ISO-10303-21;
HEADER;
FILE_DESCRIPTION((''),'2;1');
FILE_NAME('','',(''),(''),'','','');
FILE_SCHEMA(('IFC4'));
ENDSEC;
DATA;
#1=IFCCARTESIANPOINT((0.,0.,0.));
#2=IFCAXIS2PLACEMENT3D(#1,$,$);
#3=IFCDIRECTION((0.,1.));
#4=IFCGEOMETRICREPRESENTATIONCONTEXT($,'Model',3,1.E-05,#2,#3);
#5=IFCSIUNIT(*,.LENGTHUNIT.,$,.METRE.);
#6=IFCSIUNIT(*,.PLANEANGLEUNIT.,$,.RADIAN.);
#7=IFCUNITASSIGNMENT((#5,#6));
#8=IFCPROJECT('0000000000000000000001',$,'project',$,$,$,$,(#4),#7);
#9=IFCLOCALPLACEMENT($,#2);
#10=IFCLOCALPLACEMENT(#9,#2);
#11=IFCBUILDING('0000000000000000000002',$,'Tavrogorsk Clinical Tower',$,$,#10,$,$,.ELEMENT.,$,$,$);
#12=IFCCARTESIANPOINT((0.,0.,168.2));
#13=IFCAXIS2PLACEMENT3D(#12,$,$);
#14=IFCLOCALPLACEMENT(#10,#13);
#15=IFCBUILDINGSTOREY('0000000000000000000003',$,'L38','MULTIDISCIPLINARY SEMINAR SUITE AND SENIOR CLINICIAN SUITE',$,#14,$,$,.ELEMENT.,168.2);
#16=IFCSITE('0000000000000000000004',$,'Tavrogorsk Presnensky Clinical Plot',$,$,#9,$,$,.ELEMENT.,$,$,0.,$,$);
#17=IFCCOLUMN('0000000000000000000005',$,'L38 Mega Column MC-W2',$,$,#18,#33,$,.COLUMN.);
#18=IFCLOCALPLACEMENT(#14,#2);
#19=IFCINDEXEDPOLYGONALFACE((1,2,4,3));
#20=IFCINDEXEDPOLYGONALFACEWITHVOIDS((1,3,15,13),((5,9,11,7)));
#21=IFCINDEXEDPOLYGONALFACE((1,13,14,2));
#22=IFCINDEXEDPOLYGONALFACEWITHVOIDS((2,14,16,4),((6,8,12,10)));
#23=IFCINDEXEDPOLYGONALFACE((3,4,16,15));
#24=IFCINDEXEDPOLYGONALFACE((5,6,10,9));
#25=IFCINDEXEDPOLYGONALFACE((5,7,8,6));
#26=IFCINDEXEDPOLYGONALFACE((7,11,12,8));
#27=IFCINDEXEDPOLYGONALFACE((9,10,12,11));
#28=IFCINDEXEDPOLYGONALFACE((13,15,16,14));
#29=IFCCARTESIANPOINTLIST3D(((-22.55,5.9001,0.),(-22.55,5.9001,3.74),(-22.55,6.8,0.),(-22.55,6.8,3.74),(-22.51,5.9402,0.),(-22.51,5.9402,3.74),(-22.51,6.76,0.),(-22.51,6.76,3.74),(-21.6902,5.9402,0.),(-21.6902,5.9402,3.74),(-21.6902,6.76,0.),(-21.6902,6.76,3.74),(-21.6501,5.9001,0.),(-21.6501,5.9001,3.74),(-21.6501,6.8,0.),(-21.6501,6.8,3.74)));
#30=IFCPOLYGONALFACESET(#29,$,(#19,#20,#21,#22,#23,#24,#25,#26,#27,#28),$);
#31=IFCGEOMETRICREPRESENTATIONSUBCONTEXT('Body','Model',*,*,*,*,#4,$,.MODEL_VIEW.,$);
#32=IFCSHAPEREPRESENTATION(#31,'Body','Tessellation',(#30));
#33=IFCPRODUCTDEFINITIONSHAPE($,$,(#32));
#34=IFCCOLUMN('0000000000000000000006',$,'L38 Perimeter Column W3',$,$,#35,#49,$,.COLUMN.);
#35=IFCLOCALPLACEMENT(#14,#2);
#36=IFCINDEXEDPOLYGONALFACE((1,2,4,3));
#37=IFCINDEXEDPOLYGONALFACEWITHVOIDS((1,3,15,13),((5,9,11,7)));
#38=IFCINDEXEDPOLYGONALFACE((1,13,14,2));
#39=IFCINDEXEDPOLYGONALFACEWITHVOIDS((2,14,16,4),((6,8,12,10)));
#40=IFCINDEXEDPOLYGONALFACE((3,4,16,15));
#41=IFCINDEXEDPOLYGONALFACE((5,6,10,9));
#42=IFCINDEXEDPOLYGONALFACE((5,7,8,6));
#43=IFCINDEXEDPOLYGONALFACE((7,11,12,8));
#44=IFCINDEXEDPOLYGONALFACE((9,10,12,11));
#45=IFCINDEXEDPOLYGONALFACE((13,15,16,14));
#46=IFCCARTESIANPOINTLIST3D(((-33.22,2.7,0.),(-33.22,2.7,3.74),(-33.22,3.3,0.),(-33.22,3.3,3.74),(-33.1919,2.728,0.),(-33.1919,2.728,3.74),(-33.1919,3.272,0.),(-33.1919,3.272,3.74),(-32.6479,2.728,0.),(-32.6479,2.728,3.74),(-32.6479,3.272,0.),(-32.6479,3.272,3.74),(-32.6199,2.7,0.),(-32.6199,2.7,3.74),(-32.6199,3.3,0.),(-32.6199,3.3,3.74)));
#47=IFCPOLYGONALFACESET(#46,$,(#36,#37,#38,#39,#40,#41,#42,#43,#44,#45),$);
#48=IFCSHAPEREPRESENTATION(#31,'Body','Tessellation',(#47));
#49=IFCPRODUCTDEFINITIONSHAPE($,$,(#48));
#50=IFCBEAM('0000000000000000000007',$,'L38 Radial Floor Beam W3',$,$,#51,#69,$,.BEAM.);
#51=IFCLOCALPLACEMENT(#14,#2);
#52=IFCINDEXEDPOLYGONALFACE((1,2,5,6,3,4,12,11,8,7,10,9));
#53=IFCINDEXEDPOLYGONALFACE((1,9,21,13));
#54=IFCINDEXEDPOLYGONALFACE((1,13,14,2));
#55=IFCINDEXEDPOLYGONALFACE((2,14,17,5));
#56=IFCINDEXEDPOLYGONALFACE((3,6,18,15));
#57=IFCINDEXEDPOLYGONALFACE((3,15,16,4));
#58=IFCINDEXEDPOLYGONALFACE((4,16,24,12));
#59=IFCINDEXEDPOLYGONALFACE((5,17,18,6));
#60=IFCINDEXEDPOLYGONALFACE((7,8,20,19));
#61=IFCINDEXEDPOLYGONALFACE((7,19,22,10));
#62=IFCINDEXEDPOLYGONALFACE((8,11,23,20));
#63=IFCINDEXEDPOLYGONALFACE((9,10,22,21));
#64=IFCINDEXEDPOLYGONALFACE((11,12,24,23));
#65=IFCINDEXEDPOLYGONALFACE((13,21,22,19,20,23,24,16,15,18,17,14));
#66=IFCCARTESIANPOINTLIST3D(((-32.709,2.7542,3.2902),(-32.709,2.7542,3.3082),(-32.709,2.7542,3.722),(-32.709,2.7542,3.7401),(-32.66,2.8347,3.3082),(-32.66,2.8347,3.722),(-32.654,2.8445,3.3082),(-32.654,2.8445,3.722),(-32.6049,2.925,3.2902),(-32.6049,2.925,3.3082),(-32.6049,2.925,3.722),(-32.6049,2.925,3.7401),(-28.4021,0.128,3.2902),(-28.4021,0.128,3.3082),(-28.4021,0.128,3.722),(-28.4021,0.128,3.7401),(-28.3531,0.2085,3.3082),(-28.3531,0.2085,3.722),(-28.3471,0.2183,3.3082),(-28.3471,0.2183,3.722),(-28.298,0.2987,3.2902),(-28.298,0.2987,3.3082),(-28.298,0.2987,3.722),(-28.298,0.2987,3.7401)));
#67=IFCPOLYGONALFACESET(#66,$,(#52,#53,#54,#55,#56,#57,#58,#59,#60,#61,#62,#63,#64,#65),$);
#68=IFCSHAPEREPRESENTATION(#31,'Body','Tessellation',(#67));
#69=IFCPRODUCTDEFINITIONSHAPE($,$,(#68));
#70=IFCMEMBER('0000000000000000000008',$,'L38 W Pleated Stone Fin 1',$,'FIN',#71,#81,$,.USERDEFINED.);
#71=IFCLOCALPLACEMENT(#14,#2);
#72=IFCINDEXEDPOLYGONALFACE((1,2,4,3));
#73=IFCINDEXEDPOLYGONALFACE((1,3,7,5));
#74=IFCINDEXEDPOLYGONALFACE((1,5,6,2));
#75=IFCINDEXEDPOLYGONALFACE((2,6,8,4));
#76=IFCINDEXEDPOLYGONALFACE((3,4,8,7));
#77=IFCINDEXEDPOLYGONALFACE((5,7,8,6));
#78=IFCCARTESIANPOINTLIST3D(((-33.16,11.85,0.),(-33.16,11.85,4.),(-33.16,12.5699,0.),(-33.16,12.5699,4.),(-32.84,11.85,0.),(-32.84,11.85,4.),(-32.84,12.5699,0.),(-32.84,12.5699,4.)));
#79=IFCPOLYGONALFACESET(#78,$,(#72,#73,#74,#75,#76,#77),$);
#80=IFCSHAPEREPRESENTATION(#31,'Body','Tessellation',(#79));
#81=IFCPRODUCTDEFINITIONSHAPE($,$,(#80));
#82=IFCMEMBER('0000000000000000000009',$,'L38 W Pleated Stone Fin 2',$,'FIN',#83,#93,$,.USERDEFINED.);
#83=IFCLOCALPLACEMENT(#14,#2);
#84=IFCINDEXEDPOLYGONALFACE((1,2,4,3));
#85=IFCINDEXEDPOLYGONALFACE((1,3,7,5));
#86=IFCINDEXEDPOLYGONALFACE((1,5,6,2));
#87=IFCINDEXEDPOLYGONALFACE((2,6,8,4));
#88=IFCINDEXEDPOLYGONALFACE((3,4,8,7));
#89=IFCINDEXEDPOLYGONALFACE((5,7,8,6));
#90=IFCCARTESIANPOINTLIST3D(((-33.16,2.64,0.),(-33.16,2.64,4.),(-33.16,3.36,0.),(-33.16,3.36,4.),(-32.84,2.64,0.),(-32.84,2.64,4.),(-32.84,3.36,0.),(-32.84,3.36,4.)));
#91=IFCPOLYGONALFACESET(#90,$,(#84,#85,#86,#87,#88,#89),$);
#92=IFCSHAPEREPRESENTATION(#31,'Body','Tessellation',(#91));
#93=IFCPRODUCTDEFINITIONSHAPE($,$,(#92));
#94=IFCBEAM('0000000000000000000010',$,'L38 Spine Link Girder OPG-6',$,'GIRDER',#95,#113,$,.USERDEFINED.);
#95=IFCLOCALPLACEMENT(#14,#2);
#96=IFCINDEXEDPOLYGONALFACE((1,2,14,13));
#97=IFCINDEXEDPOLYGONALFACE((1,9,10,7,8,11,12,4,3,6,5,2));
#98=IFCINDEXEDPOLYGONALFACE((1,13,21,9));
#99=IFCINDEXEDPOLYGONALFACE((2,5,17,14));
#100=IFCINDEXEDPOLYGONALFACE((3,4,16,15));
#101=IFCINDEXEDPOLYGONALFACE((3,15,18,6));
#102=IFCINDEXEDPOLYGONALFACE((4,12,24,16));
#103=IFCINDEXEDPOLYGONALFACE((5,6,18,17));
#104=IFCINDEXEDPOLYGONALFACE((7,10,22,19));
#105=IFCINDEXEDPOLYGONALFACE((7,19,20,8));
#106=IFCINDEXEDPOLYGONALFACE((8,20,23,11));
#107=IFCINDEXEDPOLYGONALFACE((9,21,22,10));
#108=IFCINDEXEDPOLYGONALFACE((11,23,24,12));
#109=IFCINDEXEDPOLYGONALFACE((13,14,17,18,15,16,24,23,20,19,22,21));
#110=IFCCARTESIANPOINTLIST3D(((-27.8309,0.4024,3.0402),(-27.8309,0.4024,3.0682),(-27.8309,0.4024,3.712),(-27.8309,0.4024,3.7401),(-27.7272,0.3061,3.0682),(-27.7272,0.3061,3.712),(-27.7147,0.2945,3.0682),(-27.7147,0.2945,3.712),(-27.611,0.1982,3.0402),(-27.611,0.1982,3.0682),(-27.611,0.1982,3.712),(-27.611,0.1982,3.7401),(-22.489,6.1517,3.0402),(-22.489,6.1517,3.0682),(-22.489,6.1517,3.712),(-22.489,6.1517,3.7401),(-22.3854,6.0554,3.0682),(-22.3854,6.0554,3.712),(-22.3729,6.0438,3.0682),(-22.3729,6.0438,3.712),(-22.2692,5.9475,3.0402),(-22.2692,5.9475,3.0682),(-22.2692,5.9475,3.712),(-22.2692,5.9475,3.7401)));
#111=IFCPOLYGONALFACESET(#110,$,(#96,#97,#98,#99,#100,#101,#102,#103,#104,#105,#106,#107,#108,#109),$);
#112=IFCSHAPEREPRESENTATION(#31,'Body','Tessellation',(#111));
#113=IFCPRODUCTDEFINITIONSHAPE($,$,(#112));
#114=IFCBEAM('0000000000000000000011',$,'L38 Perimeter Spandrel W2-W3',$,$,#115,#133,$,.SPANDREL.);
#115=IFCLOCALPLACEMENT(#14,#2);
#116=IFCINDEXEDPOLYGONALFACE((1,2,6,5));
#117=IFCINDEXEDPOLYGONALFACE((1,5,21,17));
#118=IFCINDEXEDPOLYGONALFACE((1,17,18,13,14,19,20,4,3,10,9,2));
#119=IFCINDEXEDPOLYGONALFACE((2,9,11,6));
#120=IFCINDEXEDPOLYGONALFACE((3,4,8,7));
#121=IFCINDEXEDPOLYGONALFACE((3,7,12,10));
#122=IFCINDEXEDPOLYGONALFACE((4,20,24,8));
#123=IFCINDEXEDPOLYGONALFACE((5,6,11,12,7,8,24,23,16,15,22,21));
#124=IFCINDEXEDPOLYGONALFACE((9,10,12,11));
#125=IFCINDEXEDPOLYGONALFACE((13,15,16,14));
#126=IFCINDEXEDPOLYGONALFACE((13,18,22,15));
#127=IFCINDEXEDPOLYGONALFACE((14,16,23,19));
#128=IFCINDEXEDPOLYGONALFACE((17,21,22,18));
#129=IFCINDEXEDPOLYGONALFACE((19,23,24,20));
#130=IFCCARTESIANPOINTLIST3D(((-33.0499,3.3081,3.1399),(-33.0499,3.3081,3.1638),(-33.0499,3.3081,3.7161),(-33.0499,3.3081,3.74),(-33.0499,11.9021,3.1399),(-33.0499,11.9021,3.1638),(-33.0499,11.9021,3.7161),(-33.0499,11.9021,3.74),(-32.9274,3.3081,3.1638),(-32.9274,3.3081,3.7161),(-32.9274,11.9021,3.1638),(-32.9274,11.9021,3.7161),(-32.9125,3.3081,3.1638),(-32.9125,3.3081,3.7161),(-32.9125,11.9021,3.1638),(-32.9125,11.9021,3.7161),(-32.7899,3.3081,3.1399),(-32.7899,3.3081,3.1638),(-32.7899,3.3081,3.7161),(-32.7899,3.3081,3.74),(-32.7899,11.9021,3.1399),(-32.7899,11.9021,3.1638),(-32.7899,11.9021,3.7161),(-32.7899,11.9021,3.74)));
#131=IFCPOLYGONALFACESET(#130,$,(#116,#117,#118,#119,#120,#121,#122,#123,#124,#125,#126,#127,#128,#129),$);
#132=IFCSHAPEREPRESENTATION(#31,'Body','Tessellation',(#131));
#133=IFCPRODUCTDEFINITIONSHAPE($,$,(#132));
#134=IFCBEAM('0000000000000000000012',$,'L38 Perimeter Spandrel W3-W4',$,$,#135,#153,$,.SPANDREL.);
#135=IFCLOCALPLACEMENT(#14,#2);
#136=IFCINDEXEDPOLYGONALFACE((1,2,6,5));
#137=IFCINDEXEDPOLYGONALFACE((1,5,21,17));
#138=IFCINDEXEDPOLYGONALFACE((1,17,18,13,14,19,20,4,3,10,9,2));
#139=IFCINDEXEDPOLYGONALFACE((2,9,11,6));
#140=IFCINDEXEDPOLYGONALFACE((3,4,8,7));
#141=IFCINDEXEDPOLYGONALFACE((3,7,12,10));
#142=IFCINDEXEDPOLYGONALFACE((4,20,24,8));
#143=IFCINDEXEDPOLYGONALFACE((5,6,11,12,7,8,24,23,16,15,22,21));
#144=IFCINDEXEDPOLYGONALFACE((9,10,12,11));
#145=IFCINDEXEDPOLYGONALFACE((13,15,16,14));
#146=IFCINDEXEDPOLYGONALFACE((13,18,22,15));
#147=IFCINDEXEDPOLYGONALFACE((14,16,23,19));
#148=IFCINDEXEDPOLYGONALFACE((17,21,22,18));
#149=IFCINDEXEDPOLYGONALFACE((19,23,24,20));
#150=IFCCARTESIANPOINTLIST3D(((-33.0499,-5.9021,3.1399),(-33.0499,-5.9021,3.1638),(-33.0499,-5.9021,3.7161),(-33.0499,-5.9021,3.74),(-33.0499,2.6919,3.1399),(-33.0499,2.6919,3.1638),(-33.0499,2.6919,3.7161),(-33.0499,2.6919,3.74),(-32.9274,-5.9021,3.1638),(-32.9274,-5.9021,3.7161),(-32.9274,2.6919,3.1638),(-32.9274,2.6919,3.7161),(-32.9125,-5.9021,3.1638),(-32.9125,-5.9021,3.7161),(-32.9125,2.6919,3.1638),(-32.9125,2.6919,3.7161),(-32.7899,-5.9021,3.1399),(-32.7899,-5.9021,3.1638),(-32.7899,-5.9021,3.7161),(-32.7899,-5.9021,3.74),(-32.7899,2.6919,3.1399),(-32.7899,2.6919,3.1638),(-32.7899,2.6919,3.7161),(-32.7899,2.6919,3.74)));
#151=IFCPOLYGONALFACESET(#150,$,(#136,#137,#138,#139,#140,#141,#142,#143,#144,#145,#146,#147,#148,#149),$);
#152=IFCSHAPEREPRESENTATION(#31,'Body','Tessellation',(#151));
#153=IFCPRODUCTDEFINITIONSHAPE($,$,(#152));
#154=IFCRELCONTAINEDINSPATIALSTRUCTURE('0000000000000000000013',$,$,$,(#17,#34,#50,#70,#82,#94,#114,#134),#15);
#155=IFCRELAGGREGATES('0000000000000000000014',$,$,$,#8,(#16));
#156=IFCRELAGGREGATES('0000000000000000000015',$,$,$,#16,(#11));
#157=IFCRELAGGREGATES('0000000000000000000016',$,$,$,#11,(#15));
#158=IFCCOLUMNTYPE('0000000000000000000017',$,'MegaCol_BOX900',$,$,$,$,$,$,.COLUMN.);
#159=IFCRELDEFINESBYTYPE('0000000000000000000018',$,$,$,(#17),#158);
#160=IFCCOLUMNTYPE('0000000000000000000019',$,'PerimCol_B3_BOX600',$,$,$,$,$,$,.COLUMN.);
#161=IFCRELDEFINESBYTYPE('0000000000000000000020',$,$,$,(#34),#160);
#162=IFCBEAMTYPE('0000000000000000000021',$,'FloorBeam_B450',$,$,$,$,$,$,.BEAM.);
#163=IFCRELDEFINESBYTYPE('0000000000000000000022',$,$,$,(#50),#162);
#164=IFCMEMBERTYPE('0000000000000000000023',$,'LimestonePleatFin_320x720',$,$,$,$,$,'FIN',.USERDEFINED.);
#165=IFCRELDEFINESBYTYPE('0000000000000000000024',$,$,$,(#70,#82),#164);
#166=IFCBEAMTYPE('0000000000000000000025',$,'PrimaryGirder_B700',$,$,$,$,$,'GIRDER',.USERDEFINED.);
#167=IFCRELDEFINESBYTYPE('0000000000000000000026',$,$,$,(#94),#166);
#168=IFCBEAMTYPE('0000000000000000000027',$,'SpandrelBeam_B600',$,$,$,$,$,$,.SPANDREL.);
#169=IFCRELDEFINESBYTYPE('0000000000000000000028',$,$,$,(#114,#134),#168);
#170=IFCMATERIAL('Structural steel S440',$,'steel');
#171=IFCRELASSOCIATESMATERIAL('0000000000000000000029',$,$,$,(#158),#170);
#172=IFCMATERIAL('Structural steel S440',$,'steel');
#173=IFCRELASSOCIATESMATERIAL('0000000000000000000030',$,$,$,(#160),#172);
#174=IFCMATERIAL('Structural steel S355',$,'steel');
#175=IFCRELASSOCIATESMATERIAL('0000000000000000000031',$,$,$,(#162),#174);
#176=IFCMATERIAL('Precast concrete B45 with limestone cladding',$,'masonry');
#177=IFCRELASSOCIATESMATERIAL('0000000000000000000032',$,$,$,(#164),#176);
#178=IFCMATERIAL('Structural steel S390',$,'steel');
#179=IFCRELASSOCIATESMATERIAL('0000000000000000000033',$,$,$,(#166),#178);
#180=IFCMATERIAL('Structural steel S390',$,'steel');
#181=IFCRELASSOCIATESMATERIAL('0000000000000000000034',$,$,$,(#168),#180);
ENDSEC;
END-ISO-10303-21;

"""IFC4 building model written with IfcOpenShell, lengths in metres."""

from ifc_helpers import new_model, si_unit, direction, frame, origin, origin_2d, place, context, subcontext, project, spatial, rectangle, hollow_rectangle, i_section, extrude, material, material_profile, profile_set, type_object, element, save


model = new_model("IFC4")

# Units and contexts
model_context = context("Model", 3, precision=1e-05, world=origin(), true_north=direction((0.0, 1.0)))
body_context = subcontext(model_context, "Body", "Model", "MODEL_VIEW")
ifc_project = project(units=[si_unit("LENGTHUNIT", "METRE"), si_unit("PLANEANGLEUNIT", "RADIAN")], contexts=[model_context])

# Site, building, storey
site_placement = place(None, origin())
site = spatial("IfcSite", under=ifc_project, at=site_placement, Name="Tavrogorsk Presnensky Clinical Plot", CompositionType="ELEMENT", RefElevation=0.0)
building_placement = place(site_placement, origin())
building = spatial("IfcBuilding", under=site, at=building_placement, Name="Tavrogorsk Clinical Tower", CompositionType="ELEMENT")
storey_placement = place(building_placement, frame((0.0, 0.0, 168.2)))
storey = spatial("IfcBuildingStorey", under=building, at=storey_placement, Name="L38", Description="MULTIDISCIPLINARY SEMINAR SUITE AND SENIOR CLINICIAN SUITE", CompositionType="ELEMENT", Elevation=168.2)

# Columns
ifc_material_1 = material(Name="Structural steel S440", Category="steel")
ifc_material_profile_1 = material_profile(ifc_material_1, hollow_rectangle(XDim=0.8999, YDim=0.8999, WallThickness=0.04, at=origin_2d()), Name="BOX-900x900x40")
ifc_profile_set_1 = profile_set([ifc_material_profile_1], Name="Structural steel S440")
column_type_1 = type_object("IfcColumnType", Name="MegaCol_BOX900", PredefinedType="COLUMN", material=ifc_profile_set_1)
column_1_placement = place(storey_placement, frame((-22.1001, 6.3501, 0.0), z_axis=(0.0, 0.0, 1.0), x_axis=(1.0, 0.0, 0.0)))
element("IfcColumn", 1, at=column_1_placement, inside=storey, type_object=column_type_1, Name="L38 Mega Column MC-W2", PredefinedType="COLUMN", context=body_context, shape_type="SweptSolid", body=[
    extrude(hollow_rectangle(XDim=0.8999, YDim=0.8999, WallThickness=0.04, at=origin_2d()), origin(), (0.0, 0.0, 1.0), 3.74),
])
ifc_material_2 = material(Name="Structural steel S440", Category="steel")
ifc_material_profile_2 = material_profile(ifc_material_2, hollow_rectangle(XDim=0.6001, YDim=0.6001, WallThickness=0.0281, at=origin_2d()), Name="BOX-600x600x28")
ifc_profile_set_2 = profile_set([ifc_material_profile_2], Name="Structural steel S440")
column_type_2 = type_object("IfcColumnType", Name="PerimCol_B3_BOX600", PredefinedType="COLUMN", material=ifc_profile_set_2)
column_2_placement = place(storey_placement, frame((-32.9199, 3.0, 0.0), z_axis=(0.0, 0.0, 1.0), x_axis=(1.0, 0.0, 0.0)))
element("IfcColumn", 2, at=column_2_placement, inside=storey, type_object=column_type_2, Name="L38 Perimeter Column W3", PredefinedType="COLUMN", context=body_context, shape_type="SweptSolid", body=[
    extrude(hollow_rectangle(XDim=0.6001, YDim=0.6001, WallThickness=0.0281, at=origin_2d()), origin(), (0.0, 0.0, 1.0), 3.74),
])

# Beam
ifc_material_3 = material(Name="Structural steel S355", Category="steel")
ifc_material_profile_3 = material_profile(ifc_material_3, i_section(OverallWidth=0.2, OverallDepth=0.45, WebThickness=0.0115, FlangeThickness=0.0181, at=origin_2d()), Name="B-450x200x11.5x18")
ifc_profile_set_3 = profile_set([ifc_material_profile_3], Name="Structural steel S355")
beam_type_1 = type_object("IfcBeamType", Name="FloorBeam_B450", PredefinedType="BEAM", material=ifc_profile_set_3)
beam_1_placement = place(storey_placement, frame((-28.3501, 0.2134, 3.5151), z_axis=(-0.85379, 0.520618, 0.0), x_axis=(-0.520618, -0.85379, 0.0)))
element("IfcBeam", 3, at=beam_1_placement, inside=storey, type_object=beam_type_1, Name="L38 Radial Floor Beam W3", PredefinedType="BEAM", context=body_context, shape_type="SweptSolid", body=[
    extrude(i_section(OverallWidth=0.2, OverallDepth=0.45, WebThickness=0.0115, FlangeThickness=0.0181, at=origin_2d()), origin(), (0.0, 0.0, 1.0), 5.0444),
])

# Members
ifc_material_4 = material(Name="Precast concrete B45 with limestone cladding", Category="masonry")
ifc_material_profile_4 = material_profile(ifc_material_4, rectangle(XDim=0.3201, YDim=0.72, at=origin_2d()), Name="LIMESTONE-FIN-320x720")
ifc_profile_set_4 = profile_set([ifc_material_profile_4], Name="Precast concrete B45 with limestone cladding")
member_type = type_object("IfcMemberType", Name="LimestonePleatFin_320x720", ElementType="FIN", PredefinedType="USERDEFINED", material=ifc_profile_set_4)
for number, where, z_axis, x_axis, name in (
    (4, (-33.0, 12.21, 0.0), (0.0, 0.0, 1.0), (1.0, 0.0, 0.0), "L38 W Pleated Stone Fin 1"),
    (5, (-33.0, 3.0, 0.0), (0.0, 0.0, 1.0), (1.0, 0.0, 0.0), "L38 W Pleated Stone Fin 2"),
):
    element("IfcMember", number, at=place(storey_placement, frame(where, z_axis=z_axis, x_axis=x_axis)), inside=storey, type_object=member_type, Name=name, ObjectType="FIN", PredefinedType="USERDEFINED", context=body_context, shape_type="SweptSolid", body=[
        extrude(rectangle(XDim=0.3201, YDim=0.72, at=origin_2d()), origin(), (0.0, 0.0, 1.0), 4.0),
    ])

# Beams
ifc_material_5 = material(Name="Structural steel S390", Category="steel")
ifc_material_profile_5 = material_profile(ifc_material_5, i_section(OverallWidth=0.3, OverallDepth=0.7, WebThickness=0.0171, FlangeThickness=0.0281, at=origin_2d()), Name="B-700x300x17x28")
ifc_profile_set_5 = profile_set([ifc_material_profile_5], Name="Structural steel S390")
beam_type_2 = type_object("IfcBeamType", Name="PrimaryGirder_B700", ElementType="GIRDER", PredefinedType="USERDEFINED", material=ifc_profile_set_5)
beam_2_placement = place(storey_placement, frame((-27.7209, 0.3003, 3.3901), z_axis=(0.680669, 0.732591, 0.0), x_axis=(-0.732591, 0.680669, 0.0)))
element("IfcBeam", 6, at=beam_2_placement, inside=storey, type_object=beam_type_2, Name="L38 Spine Link Girder OPG-6", ObjectType="GIRDER", PredefinedType="USERDEFINED", context=body_context, shape_type="SweptSolid", body=[
    extrude(i_section(OverallWidth=0.3, OverallDepth=0.7, WebThickness=0.0171, FlangeThickness=0.0281, at=origin_2d()), origin(), (0.0, 0.0, 1.0), 7.8479),
])
ifc_material_6 = material(Name="Structural steel S390", Category="steel")
ifc_material_profile_6 = material_profile(ifc_material_6, i_section(OverallWidth=0.26, OverallDepth=0.6001, WebThickness=0.0149, FlangeThickness=0.0239, at=origin_2d()), Name="B-600x260x15x24")
ifc_profile_set_6 = profile_set([ifc_material_profile_6], Name="Structural steel S390")
beam_type_3 = type_object("IfcBeamType", Name="SpandrelBeam_B600", PredefinedType="SPANDREL", material=ifc_profile_set_6)
for number, where, z_axis, x_axis, name in (
    (7, (-32.9199, 11.9021, 3.4399), (0.0, -1.0, 0.0), (1.0, 0.0, 0.0), "L38 Perimeter Spandrel W2-W3"),
    (8, (-32.9199, 2.6919, 3.4399), (0.0, -1.0, 0.0), (1.0, 0.0, 0.0), "L38 Perimeter Spandrel W3-W4"),
):
    element("IfcBeam", number, at=place(storey_placement, frame(where, z_axis=z_axis, x_axis=x_axis)), inside=storey, type_object=beam_type_3, Name=name, PredefinedType="SPANDREL", context=body_context, shape_type="SweptSolid", body=[
        extrude(i_section(OverallWidth=0.26, OverallDepth=0.6001, WebThickness=0.0149, FlangeThickness=0.0239, at=origin_2d()), origin(), (0.0, 0.0, 1.0), 8.594),
    ])

save(model, "model.ifc")
